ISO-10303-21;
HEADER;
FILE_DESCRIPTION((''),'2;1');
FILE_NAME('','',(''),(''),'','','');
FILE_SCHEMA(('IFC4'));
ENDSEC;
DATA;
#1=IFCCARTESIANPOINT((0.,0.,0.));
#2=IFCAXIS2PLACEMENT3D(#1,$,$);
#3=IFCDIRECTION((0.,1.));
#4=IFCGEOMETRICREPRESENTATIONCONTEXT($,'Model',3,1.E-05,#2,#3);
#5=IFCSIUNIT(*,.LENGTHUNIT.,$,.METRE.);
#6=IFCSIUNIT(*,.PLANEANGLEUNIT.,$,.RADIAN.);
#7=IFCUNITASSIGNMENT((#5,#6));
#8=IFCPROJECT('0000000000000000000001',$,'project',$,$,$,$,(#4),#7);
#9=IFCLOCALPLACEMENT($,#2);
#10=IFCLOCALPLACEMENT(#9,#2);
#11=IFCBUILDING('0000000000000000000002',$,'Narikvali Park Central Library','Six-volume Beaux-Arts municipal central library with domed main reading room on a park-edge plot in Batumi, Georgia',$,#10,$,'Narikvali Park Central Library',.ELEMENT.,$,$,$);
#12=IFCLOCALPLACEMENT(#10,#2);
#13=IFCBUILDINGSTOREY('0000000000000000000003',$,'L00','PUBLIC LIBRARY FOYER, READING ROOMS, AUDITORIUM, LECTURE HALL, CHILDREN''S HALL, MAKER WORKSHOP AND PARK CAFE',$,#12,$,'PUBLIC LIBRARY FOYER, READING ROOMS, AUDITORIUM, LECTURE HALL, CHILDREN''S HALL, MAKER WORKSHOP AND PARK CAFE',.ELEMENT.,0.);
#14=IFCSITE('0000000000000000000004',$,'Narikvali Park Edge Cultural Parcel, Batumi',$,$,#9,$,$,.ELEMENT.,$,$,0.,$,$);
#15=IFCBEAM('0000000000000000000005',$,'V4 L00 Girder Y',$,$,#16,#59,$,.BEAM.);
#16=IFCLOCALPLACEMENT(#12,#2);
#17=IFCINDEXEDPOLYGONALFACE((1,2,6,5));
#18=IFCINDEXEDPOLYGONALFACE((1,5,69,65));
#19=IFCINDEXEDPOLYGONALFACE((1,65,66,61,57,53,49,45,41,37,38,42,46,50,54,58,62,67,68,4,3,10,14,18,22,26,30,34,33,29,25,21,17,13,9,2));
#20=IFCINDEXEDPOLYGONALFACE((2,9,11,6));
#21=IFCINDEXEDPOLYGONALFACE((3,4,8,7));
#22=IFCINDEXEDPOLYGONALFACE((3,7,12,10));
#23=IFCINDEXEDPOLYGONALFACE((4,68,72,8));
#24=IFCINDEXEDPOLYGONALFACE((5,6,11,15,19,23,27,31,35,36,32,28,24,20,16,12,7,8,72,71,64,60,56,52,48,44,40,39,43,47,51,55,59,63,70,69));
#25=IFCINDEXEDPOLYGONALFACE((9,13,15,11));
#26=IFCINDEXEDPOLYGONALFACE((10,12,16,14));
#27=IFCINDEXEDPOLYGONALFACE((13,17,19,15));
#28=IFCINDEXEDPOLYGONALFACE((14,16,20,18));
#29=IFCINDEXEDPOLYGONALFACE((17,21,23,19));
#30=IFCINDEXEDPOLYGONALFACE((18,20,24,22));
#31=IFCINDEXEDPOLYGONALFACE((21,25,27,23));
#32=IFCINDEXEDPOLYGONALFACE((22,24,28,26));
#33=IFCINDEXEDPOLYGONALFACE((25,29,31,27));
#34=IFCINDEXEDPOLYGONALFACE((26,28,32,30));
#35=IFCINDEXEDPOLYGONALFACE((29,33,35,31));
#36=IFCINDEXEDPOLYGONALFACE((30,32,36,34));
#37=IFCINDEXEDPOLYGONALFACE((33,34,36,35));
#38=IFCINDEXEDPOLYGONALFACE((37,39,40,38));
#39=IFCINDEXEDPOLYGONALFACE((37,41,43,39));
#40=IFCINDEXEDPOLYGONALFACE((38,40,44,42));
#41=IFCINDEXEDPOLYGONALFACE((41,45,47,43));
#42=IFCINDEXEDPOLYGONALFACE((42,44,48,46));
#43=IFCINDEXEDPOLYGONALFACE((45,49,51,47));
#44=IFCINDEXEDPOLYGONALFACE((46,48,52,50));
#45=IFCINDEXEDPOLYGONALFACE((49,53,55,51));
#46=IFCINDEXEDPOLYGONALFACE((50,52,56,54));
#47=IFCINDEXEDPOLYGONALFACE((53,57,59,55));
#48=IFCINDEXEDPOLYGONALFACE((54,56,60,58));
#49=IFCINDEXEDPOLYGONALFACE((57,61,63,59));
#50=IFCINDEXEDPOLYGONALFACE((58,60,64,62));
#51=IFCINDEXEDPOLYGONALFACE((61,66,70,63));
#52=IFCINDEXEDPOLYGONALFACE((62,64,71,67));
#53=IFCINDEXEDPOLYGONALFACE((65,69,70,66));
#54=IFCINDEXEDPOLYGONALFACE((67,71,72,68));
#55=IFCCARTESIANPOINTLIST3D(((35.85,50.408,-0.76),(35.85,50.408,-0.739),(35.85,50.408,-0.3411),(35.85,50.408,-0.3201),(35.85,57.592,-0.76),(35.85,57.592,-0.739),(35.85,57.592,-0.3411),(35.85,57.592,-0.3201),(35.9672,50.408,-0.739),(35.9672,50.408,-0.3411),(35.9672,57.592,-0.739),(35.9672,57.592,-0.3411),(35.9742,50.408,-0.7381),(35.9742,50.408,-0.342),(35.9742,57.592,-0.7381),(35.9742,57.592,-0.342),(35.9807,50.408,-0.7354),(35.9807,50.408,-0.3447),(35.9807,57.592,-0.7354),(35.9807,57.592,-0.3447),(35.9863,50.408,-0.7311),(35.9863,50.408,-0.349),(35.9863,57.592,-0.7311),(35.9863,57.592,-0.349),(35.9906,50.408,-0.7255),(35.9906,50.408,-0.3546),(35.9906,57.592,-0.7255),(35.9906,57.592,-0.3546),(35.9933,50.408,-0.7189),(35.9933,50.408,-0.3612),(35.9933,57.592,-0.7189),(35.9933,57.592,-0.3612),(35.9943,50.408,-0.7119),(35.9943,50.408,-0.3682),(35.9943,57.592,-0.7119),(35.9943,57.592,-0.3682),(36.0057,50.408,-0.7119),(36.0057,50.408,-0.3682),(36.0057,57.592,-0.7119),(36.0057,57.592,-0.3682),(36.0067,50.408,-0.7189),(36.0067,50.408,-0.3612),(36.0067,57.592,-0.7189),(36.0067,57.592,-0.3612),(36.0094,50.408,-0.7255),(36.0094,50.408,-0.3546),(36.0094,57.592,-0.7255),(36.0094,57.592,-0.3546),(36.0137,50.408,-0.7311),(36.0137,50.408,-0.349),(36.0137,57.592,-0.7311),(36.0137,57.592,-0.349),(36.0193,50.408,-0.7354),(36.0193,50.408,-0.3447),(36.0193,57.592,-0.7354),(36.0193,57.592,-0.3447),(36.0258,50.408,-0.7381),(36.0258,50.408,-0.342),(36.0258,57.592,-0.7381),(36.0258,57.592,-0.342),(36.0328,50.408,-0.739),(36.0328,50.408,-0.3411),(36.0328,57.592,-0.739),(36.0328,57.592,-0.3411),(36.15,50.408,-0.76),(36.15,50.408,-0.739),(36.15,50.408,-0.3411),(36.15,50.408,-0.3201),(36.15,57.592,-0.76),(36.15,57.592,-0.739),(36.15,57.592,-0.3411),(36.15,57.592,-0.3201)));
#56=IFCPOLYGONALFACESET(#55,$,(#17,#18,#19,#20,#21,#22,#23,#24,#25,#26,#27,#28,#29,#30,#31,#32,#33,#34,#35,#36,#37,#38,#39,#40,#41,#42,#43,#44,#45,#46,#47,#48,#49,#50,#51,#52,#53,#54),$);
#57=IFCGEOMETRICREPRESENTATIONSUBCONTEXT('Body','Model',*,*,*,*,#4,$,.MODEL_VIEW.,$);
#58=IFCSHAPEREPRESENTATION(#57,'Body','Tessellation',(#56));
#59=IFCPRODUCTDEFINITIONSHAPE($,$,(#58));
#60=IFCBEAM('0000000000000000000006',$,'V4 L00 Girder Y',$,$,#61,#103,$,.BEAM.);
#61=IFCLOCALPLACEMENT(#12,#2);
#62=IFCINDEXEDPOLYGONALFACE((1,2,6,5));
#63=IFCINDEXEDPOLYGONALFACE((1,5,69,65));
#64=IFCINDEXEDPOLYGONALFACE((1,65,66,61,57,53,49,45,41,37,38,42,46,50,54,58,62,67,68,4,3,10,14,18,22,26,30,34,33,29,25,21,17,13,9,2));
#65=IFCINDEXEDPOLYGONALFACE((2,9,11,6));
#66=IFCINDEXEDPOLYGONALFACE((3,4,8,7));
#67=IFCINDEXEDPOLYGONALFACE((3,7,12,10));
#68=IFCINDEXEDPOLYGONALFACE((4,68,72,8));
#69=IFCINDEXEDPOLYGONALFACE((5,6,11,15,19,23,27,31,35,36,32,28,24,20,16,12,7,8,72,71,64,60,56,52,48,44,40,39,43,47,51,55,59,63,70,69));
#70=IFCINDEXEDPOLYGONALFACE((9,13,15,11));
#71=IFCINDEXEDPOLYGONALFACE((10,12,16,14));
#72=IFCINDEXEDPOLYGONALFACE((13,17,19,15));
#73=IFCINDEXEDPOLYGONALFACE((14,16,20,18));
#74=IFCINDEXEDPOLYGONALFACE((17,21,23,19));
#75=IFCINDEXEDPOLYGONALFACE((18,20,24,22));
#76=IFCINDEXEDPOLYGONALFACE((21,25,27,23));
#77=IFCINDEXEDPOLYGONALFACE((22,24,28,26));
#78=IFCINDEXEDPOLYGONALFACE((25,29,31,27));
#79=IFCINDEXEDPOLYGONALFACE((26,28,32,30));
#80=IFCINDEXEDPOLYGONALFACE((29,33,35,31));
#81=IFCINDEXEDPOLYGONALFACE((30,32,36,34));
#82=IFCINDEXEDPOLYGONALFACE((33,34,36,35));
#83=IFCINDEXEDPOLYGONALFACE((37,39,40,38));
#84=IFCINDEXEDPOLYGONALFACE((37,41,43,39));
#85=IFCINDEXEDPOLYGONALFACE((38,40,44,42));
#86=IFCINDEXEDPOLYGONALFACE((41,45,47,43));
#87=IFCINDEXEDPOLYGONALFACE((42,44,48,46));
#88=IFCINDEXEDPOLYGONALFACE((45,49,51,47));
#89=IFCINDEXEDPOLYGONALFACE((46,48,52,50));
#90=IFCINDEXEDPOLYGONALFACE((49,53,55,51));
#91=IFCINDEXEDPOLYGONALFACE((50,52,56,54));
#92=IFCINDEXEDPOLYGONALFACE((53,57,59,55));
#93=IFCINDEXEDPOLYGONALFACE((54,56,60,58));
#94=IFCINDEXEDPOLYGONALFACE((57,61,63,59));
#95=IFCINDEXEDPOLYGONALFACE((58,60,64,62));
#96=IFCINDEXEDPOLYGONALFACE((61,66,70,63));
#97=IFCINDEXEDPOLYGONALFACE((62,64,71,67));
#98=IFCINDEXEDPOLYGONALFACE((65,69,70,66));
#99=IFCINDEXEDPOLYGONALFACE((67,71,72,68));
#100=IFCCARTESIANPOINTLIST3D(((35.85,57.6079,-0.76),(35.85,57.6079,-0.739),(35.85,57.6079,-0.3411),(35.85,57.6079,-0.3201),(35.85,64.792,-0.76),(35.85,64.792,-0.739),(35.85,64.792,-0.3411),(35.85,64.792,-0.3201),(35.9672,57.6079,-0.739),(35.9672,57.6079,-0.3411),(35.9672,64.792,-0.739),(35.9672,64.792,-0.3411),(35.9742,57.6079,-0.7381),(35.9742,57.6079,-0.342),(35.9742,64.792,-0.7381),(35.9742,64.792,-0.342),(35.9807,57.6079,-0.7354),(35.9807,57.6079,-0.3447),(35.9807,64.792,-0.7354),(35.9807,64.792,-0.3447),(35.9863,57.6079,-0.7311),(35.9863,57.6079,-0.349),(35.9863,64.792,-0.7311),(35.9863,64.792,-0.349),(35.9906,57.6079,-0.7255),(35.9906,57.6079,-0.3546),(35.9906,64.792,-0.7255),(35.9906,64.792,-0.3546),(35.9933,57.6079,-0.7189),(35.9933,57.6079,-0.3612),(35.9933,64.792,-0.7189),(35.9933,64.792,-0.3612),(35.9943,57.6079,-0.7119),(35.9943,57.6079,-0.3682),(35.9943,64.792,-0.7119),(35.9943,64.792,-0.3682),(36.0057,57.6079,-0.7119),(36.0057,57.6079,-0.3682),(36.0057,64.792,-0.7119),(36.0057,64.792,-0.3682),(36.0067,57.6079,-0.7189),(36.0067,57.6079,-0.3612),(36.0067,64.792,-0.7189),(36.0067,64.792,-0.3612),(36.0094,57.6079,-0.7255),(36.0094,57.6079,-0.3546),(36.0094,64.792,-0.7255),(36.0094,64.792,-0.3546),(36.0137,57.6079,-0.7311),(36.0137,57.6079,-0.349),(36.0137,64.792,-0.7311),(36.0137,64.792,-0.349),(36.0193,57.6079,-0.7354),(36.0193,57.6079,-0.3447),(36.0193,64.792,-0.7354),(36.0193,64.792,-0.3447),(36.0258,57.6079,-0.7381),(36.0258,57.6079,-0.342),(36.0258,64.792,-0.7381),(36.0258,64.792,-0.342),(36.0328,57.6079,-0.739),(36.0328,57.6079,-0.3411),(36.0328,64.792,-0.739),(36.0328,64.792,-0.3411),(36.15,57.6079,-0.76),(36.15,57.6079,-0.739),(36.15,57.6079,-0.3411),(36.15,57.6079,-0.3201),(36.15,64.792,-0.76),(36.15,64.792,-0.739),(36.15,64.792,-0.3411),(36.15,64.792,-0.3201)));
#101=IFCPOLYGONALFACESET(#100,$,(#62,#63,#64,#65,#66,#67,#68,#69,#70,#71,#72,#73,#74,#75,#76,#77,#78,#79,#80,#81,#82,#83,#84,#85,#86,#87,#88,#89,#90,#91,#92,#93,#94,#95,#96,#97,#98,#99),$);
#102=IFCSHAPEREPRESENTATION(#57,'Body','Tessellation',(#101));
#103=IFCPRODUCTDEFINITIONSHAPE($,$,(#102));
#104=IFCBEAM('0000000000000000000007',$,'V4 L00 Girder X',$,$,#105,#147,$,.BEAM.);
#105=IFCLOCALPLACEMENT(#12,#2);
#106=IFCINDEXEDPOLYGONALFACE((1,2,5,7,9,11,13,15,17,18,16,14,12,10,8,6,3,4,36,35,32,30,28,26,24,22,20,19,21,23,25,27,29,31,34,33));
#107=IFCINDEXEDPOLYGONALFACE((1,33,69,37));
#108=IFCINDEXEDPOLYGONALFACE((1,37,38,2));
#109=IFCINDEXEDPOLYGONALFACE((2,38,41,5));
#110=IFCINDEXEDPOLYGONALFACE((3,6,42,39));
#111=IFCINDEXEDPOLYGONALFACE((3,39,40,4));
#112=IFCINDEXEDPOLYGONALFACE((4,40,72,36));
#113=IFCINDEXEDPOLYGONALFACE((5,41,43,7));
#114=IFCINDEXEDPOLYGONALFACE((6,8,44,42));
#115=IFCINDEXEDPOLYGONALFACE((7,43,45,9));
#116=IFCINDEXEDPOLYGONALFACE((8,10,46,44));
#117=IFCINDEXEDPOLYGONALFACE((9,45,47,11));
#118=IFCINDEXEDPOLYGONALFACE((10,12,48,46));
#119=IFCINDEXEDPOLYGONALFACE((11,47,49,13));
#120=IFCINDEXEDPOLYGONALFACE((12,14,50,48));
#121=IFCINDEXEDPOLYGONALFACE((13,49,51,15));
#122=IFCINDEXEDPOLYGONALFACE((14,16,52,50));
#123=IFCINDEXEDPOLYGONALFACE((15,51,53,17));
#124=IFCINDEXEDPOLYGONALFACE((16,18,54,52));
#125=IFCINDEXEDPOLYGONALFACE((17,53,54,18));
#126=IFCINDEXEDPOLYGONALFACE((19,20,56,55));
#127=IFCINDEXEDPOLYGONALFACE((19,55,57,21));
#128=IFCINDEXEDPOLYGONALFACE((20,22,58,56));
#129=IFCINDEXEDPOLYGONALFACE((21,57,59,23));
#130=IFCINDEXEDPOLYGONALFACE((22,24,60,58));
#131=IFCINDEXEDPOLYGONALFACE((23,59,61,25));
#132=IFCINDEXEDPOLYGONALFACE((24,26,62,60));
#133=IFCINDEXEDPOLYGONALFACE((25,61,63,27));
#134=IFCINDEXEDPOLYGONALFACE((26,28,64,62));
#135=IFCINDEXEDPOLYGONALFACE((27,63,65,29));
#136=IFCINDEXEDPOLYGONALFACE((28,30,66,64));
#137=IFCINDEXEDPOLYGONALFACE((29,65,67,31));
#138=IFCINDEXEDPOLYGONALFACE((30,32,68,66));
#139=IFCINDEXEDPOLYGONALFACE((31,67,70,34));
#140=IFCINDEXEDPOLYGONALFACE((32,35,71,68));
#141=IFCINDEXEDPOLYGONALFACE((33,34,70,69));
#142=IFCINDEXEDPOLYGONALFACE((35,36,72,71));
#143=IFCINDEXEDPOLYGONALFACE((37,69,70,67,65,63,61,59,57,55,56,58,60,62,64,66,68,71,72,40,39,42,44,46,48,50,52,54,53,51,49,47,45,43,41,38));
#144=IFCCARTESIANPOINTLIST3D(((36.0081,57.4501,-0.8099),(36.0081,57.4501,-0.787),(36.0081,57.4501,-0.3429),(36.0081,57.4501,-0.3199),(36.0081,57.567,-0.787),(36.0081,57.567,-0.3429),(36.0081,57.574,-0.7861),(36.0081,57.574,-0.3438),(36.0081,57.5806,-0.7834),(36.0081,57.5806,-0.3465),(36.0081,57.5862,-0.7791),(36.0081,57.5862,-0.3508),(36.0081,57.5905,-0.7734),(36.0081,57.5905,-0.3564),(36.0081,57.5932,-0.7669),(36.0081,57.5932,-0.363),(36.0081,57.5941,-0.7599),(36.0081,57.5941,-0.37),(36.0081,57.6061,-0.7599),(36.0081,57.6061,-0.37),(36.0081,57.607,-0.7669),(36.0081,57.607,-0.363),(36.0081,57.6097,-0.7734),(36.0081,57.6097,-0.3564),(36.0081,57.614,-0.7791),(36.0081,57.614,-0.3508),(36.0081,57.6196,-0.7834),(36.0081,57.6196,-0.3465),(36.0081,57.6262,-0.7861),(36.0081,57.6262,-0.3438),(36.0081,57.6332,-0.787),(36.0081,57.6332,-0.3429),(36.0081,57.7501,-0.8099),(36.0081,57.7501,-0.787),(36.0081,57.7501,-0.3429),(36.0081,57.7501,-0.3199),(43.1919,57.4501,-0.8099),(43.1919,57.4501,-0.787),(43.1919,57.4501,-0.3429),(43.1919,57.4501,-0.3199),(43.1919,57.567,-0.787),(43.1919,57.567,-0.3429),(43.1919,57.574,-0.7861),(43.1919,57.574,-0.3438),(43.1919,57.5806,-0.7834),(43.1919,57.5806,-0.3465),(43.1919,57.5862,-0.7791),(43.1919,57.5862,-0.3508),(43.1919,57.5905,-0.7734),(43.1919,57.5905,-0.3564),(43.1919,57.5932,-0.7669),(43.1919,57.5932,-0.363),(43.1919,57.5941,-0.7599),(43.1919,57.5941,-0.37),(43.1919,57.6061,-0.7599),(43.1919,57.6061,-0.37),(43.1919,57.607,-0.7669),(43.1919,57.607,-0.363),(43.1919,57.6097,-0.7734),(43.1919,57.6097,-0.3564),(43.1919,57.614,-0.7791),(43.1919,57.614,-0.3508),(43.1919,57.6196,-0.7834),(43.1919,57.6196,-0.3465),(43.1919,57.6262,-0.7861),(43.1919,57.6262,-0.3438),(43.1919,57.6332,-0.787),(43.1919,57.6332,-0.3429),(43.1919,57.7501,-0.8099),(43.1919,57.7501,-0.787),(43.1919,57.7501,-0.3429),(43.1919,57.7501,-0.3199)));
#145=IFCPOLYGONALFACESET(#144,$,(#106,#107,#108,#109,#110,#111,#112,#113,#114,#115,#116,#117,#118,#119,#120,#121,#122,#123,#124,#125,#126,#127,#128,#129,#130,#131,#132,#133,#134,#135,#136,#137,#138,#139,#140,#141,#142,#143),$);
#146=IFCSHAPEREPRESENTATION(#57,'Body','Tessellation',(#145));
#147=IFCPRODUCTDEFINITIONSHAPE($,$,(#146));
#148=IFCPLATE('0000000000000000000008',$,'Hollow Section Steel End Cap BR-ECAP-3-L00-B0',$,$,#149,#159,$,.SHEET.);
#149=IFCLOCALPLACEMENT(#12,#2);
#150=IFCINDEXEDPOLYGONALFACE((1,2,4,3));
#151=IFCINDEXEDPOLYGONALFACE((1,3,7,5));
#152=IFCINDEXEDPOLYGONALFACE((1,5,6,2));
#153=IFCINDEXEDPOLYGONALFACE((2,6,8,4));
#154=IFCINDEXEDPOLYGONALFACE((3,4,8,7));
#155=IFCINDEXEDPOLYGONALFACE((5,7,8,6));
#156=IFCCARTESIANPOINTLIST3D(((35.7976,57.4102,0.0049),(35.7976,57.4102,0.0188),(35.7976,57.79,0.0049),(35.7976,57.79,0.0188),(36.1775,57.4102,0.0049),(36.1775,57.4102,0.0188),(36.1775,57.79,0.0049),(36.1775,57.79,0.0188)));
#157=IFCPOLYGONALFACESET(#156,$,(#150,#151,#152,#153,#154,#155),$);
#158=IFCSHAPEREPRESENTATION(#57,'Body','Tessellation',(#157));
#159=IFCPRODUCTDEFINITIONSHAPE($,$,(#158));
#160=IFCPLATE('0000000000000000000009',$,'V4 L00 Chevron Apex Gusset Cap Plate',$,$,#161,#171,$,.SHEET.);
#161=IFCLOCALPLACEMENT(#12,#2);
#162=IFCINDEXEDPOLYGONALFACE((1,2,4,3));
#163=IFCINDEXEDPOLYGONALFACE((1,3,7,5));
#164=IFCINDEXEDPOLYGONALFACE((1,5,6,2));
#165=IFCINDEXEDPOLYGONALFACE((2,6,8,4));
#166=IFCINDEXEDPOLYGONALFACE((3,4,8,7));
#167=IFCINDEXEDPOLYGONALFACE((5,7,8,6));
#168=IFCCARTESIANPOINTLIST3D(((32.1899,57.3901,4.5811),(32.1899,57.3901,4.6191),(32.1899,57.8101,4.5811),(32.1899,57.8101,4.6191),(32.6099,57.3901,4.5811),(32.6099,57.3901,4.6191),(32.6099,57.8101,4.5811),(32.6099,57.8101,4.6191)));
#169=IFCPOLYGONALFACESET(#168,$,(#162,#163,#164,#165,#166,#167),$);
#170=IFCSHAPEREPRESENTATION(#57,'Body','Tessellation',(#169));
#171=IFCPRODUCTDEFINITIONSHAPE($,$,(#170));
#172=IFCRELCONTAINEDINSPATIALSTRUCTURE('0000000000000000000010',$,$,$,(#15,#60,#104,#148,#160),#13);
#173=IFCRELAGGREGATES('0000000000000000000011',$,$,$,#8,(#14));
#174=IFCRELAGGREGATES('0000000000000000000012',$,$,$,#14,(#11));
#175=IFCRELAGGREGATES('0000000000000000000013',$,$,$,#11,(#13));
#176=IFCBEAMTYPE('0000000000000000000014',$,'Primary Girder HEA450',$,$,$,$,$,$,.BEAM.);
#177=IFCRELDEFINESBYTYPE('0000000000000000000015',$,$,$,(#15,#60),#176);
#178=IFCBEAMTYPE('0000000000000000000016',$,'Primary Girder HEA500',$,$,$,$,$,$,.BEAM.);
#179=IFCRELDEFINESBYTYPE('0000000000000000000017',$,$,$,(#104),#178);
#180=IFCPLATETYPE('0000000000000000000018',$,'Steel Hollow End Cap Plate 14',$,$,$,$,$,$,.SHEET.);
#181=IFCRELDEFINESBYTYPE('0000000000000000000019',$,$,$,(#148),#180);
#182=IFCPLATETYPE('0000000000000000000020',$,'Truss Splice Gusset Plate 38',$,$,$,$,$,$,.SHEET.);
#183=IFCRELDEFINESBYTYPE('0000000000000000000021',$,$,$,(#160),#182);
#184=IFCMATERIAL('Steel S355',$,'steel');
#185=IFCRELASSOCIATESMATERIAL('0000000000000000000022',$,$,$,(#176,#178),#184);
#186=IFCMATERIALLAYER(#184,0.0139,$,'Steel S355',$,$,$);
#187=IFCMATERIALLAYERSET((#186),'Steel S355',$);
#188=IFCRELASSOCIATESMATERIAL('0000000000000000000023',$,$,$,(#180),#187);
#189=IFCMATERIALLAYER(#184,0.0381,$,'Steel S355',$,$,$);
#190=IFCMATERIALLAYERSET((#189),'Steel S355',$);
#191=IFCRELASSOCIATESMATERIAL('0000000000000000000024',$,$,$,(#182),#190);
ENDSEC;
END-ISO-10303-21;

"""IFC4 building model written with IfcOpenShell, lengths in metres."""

from ifc_helpers import new_model, si_unit, direction, frame, origin, origin_2d, place, context, subcontext, project, spatial, rectangle, i_section, extrude, material, layer, layer_set, material_profile, profile_set, type_object, element, save


model = new_model("IFC4")

# Units and contexts
model_context = context("Model", 3, precision=1e-05, world=origin(), true_north=direction((0.0, 1.0)))
body_context = subcontext(model_context, "Body", "Model", "MODEL_VIEW")
ifc_project = project(units=[si_unit("LENGTHUNIT", "METRE"), si_unit("PLANEANGLEUNIT", "RADIAN")], contexts=[model_context])

# Site, building, storey
site_placement = place(None, origin())
site = spatial("IfcSite", under=ifc_project, at=site_placement, Name="Narikvali Park Edge Cultural Parcel, Batumi", CompositionType="ELEMENT", RefElevation=0.0)
building_placement = place(site_placement, origin())
building = spatial("IfcBuilding", under=site, at=building_placement, Name="Narikvali Park Central Library", Description="Six-volume Beaux-Arts municipal central library with domed main reading room on a park-edge plot in Batumi, Georgia", LongName="Narikvali Park Central Library", CompositionType="ELEMENT")
storey_placement = place(building_placement, origin())
storey = spatial("IfcBuildingStorey", under=building, at=storey_placement, Name="L00", Description="PUBLIC LIBRARY FOYER, READING ROOMS, AUDITORIUM, LECTURE HALL, CHILDREN'S HALL, MAKER WORKSHOP AND PARK CAFE", LongName="PUBLIC LIBRARY FOYER, READING ROOMS, AUDITORIUM, LECTURE HALL, CHILDREN'S HALL, MAKER WORKSHOP AND PARK CAFE", CompositionType="ELEMENT", Elevation=0.0)

# Shared definitions
ifc_material_1 = material(Name="Steel S355", Category="steel")

# Beams
ifc_material_profile_1 = material_profile(ifc_material_1, i_section(OverallWidth=0.3, OverallDepth=0.4399, WebThickness=0.0115, FlangeThickness=0.021, FilletRadius=0.0271, at=origin_2d()), Name="HEA 450")
ifc_profile_set_1 = profile_set([ifc_material_profile_1], Name="Steel S355")
beam_type_1 = type_object("IfcBeamType", Name="Primary Girder HEA450", PredefinedType="BEAM", material=ifc_profile_set_1)
for number, where, z_axis, x_axis, name in (
    (1, (36.0, 50.408, -0.54), (0.0, 1.0, 0.0), (-1.0, 0.0, 0.0), "V4 L00 Girder Y"),
    (2, (36.0, 57.6079, -0.54), (0.0, 1.0, 0.0), (-1.0, 0.0, 0.0), "V4 L00 Girder Y"),
):
    element("IfcBeam", number, at=place(storey_placement, frame(where, z_axis=z_axis, x_axis=x_axis)), inside=storey, type_object=beam_type_1, Name=name, PredefinedType="BEAM", context=body_context, shape_type="SweptSolid", body=[
        extrude(i_section(OverallWidth=0.3, OverallDepth=0.4399, WebThickness=0.0115, FlangeThickness=0.021, FilletRadius=0.0271, at=origin_2d()), origin(), (0.0, 0.0, 1.0), 7.1841),
    ])
ifc_material_profile_2 = material_profile(ifc_material_1, i_section(OverallWidth=0.3, OverallDepth=0.49, WebThickness=0.012, FlangeThickness=0.0229, FilletRadius=0.0271, at=origin_2d()), Name="HEA 500")
ifc_profile_set_2 = profile_set([ifc_material_profile_2], Name="Steel S355")
beam_type_2 = type_object("IfcBeamType", Name="Primary Girder HEA500", PredefinedType="BEAM", material=ifc_profile_set_2)
beam_1_placement = place(storey_placement, frame((36.0081, 57.6001, -0.5649), z_axis=(1.0, 0.0, 0.0), x_axis=(0.0, 1.0, 0.0)))
element("IfcBeam", 3, at=beam_1_placement, inside=storey, type_object=beam_type_2, Name="V4 L00 Girder X", PredefinedType="BEAM", context=body_context, shape_type="SweptSolid", body=[
    extrude(i_section(OverallWidth=0.3, OverallDepth=0.49, WebThickness=0.012, FlangeThickness=0.0229, FilletRadius=0.0271, at=origin_2d()), origin(), (0.0, 0.0, 1.0), 7.1838),
])

# Plates
ifc_layer_1 = layer(ifc_material_1, 0.0139, Name="Steel S355")
ifc_layer_set_1 = layer_set([ifc_layer_1], Name="Steel S355")
plate_type_1 = type_object("IfcPlateType", Name="Steel Hollow End Cap Plate 14", PredefinedType="SHEET", material=ifc_layer_set_1)
plate_1_placement = place(storey_placement, frame((35.9875, 57.6001, 0.0049), z_axis=(0.0, 0.0, 1.0), x_axis=(1.0, 0.0, 0.0)))
element("IfcPlate", 4, at=plate_1_placement, inside=storey, type_object=plate_type_1, Name="Hollow Section Steel End Cap BR-ECAP-3-L00-B0", PredefinedType="SHEET", context=body_context, shape_type="SweptSolid", body=[
    extrude(rectangle(XDim=0.3799, YDim=0.3799, at=origin_2d()), origin(), (0.0, 0.0, 1.0), 0.0139),
])
ifc_layer_2 = layer(ifc_material_1, 0.0381, Name="Steel S355")
ifc_layer_set_2 = layer_set([ifc_layer_2], Name="Steel S355")
plate_type_2 = type_object("IfcPlateType", Name="Truss Splice Gusset Plate 38", PredefinedType="SHEET", material=ifc_layer_set_2)
plate_2_placement = place(storey_placement, frame((32.3999, 57.6001, 4.5811), z_axis=(0.0, 0.0, 1.0), x_axis=(1.0, 0.0, 0.0)))
element("IfcPlate", 5, at=plate_2_placement, inside=storey, type_object=plate_type_2, Name="V4 L00 Chevron Apex Gusset Cap Plate", PredefinedType="SHEET", context=body_context, shape_type="SweptSolid", body=[
    extrude(rectangle(XDim=0.4199, YDim=0.4199, at=origin_2d()), origin(), (0.0, 0.0, 1.0), 0.0381),
])

save(model, "model.ifc")
